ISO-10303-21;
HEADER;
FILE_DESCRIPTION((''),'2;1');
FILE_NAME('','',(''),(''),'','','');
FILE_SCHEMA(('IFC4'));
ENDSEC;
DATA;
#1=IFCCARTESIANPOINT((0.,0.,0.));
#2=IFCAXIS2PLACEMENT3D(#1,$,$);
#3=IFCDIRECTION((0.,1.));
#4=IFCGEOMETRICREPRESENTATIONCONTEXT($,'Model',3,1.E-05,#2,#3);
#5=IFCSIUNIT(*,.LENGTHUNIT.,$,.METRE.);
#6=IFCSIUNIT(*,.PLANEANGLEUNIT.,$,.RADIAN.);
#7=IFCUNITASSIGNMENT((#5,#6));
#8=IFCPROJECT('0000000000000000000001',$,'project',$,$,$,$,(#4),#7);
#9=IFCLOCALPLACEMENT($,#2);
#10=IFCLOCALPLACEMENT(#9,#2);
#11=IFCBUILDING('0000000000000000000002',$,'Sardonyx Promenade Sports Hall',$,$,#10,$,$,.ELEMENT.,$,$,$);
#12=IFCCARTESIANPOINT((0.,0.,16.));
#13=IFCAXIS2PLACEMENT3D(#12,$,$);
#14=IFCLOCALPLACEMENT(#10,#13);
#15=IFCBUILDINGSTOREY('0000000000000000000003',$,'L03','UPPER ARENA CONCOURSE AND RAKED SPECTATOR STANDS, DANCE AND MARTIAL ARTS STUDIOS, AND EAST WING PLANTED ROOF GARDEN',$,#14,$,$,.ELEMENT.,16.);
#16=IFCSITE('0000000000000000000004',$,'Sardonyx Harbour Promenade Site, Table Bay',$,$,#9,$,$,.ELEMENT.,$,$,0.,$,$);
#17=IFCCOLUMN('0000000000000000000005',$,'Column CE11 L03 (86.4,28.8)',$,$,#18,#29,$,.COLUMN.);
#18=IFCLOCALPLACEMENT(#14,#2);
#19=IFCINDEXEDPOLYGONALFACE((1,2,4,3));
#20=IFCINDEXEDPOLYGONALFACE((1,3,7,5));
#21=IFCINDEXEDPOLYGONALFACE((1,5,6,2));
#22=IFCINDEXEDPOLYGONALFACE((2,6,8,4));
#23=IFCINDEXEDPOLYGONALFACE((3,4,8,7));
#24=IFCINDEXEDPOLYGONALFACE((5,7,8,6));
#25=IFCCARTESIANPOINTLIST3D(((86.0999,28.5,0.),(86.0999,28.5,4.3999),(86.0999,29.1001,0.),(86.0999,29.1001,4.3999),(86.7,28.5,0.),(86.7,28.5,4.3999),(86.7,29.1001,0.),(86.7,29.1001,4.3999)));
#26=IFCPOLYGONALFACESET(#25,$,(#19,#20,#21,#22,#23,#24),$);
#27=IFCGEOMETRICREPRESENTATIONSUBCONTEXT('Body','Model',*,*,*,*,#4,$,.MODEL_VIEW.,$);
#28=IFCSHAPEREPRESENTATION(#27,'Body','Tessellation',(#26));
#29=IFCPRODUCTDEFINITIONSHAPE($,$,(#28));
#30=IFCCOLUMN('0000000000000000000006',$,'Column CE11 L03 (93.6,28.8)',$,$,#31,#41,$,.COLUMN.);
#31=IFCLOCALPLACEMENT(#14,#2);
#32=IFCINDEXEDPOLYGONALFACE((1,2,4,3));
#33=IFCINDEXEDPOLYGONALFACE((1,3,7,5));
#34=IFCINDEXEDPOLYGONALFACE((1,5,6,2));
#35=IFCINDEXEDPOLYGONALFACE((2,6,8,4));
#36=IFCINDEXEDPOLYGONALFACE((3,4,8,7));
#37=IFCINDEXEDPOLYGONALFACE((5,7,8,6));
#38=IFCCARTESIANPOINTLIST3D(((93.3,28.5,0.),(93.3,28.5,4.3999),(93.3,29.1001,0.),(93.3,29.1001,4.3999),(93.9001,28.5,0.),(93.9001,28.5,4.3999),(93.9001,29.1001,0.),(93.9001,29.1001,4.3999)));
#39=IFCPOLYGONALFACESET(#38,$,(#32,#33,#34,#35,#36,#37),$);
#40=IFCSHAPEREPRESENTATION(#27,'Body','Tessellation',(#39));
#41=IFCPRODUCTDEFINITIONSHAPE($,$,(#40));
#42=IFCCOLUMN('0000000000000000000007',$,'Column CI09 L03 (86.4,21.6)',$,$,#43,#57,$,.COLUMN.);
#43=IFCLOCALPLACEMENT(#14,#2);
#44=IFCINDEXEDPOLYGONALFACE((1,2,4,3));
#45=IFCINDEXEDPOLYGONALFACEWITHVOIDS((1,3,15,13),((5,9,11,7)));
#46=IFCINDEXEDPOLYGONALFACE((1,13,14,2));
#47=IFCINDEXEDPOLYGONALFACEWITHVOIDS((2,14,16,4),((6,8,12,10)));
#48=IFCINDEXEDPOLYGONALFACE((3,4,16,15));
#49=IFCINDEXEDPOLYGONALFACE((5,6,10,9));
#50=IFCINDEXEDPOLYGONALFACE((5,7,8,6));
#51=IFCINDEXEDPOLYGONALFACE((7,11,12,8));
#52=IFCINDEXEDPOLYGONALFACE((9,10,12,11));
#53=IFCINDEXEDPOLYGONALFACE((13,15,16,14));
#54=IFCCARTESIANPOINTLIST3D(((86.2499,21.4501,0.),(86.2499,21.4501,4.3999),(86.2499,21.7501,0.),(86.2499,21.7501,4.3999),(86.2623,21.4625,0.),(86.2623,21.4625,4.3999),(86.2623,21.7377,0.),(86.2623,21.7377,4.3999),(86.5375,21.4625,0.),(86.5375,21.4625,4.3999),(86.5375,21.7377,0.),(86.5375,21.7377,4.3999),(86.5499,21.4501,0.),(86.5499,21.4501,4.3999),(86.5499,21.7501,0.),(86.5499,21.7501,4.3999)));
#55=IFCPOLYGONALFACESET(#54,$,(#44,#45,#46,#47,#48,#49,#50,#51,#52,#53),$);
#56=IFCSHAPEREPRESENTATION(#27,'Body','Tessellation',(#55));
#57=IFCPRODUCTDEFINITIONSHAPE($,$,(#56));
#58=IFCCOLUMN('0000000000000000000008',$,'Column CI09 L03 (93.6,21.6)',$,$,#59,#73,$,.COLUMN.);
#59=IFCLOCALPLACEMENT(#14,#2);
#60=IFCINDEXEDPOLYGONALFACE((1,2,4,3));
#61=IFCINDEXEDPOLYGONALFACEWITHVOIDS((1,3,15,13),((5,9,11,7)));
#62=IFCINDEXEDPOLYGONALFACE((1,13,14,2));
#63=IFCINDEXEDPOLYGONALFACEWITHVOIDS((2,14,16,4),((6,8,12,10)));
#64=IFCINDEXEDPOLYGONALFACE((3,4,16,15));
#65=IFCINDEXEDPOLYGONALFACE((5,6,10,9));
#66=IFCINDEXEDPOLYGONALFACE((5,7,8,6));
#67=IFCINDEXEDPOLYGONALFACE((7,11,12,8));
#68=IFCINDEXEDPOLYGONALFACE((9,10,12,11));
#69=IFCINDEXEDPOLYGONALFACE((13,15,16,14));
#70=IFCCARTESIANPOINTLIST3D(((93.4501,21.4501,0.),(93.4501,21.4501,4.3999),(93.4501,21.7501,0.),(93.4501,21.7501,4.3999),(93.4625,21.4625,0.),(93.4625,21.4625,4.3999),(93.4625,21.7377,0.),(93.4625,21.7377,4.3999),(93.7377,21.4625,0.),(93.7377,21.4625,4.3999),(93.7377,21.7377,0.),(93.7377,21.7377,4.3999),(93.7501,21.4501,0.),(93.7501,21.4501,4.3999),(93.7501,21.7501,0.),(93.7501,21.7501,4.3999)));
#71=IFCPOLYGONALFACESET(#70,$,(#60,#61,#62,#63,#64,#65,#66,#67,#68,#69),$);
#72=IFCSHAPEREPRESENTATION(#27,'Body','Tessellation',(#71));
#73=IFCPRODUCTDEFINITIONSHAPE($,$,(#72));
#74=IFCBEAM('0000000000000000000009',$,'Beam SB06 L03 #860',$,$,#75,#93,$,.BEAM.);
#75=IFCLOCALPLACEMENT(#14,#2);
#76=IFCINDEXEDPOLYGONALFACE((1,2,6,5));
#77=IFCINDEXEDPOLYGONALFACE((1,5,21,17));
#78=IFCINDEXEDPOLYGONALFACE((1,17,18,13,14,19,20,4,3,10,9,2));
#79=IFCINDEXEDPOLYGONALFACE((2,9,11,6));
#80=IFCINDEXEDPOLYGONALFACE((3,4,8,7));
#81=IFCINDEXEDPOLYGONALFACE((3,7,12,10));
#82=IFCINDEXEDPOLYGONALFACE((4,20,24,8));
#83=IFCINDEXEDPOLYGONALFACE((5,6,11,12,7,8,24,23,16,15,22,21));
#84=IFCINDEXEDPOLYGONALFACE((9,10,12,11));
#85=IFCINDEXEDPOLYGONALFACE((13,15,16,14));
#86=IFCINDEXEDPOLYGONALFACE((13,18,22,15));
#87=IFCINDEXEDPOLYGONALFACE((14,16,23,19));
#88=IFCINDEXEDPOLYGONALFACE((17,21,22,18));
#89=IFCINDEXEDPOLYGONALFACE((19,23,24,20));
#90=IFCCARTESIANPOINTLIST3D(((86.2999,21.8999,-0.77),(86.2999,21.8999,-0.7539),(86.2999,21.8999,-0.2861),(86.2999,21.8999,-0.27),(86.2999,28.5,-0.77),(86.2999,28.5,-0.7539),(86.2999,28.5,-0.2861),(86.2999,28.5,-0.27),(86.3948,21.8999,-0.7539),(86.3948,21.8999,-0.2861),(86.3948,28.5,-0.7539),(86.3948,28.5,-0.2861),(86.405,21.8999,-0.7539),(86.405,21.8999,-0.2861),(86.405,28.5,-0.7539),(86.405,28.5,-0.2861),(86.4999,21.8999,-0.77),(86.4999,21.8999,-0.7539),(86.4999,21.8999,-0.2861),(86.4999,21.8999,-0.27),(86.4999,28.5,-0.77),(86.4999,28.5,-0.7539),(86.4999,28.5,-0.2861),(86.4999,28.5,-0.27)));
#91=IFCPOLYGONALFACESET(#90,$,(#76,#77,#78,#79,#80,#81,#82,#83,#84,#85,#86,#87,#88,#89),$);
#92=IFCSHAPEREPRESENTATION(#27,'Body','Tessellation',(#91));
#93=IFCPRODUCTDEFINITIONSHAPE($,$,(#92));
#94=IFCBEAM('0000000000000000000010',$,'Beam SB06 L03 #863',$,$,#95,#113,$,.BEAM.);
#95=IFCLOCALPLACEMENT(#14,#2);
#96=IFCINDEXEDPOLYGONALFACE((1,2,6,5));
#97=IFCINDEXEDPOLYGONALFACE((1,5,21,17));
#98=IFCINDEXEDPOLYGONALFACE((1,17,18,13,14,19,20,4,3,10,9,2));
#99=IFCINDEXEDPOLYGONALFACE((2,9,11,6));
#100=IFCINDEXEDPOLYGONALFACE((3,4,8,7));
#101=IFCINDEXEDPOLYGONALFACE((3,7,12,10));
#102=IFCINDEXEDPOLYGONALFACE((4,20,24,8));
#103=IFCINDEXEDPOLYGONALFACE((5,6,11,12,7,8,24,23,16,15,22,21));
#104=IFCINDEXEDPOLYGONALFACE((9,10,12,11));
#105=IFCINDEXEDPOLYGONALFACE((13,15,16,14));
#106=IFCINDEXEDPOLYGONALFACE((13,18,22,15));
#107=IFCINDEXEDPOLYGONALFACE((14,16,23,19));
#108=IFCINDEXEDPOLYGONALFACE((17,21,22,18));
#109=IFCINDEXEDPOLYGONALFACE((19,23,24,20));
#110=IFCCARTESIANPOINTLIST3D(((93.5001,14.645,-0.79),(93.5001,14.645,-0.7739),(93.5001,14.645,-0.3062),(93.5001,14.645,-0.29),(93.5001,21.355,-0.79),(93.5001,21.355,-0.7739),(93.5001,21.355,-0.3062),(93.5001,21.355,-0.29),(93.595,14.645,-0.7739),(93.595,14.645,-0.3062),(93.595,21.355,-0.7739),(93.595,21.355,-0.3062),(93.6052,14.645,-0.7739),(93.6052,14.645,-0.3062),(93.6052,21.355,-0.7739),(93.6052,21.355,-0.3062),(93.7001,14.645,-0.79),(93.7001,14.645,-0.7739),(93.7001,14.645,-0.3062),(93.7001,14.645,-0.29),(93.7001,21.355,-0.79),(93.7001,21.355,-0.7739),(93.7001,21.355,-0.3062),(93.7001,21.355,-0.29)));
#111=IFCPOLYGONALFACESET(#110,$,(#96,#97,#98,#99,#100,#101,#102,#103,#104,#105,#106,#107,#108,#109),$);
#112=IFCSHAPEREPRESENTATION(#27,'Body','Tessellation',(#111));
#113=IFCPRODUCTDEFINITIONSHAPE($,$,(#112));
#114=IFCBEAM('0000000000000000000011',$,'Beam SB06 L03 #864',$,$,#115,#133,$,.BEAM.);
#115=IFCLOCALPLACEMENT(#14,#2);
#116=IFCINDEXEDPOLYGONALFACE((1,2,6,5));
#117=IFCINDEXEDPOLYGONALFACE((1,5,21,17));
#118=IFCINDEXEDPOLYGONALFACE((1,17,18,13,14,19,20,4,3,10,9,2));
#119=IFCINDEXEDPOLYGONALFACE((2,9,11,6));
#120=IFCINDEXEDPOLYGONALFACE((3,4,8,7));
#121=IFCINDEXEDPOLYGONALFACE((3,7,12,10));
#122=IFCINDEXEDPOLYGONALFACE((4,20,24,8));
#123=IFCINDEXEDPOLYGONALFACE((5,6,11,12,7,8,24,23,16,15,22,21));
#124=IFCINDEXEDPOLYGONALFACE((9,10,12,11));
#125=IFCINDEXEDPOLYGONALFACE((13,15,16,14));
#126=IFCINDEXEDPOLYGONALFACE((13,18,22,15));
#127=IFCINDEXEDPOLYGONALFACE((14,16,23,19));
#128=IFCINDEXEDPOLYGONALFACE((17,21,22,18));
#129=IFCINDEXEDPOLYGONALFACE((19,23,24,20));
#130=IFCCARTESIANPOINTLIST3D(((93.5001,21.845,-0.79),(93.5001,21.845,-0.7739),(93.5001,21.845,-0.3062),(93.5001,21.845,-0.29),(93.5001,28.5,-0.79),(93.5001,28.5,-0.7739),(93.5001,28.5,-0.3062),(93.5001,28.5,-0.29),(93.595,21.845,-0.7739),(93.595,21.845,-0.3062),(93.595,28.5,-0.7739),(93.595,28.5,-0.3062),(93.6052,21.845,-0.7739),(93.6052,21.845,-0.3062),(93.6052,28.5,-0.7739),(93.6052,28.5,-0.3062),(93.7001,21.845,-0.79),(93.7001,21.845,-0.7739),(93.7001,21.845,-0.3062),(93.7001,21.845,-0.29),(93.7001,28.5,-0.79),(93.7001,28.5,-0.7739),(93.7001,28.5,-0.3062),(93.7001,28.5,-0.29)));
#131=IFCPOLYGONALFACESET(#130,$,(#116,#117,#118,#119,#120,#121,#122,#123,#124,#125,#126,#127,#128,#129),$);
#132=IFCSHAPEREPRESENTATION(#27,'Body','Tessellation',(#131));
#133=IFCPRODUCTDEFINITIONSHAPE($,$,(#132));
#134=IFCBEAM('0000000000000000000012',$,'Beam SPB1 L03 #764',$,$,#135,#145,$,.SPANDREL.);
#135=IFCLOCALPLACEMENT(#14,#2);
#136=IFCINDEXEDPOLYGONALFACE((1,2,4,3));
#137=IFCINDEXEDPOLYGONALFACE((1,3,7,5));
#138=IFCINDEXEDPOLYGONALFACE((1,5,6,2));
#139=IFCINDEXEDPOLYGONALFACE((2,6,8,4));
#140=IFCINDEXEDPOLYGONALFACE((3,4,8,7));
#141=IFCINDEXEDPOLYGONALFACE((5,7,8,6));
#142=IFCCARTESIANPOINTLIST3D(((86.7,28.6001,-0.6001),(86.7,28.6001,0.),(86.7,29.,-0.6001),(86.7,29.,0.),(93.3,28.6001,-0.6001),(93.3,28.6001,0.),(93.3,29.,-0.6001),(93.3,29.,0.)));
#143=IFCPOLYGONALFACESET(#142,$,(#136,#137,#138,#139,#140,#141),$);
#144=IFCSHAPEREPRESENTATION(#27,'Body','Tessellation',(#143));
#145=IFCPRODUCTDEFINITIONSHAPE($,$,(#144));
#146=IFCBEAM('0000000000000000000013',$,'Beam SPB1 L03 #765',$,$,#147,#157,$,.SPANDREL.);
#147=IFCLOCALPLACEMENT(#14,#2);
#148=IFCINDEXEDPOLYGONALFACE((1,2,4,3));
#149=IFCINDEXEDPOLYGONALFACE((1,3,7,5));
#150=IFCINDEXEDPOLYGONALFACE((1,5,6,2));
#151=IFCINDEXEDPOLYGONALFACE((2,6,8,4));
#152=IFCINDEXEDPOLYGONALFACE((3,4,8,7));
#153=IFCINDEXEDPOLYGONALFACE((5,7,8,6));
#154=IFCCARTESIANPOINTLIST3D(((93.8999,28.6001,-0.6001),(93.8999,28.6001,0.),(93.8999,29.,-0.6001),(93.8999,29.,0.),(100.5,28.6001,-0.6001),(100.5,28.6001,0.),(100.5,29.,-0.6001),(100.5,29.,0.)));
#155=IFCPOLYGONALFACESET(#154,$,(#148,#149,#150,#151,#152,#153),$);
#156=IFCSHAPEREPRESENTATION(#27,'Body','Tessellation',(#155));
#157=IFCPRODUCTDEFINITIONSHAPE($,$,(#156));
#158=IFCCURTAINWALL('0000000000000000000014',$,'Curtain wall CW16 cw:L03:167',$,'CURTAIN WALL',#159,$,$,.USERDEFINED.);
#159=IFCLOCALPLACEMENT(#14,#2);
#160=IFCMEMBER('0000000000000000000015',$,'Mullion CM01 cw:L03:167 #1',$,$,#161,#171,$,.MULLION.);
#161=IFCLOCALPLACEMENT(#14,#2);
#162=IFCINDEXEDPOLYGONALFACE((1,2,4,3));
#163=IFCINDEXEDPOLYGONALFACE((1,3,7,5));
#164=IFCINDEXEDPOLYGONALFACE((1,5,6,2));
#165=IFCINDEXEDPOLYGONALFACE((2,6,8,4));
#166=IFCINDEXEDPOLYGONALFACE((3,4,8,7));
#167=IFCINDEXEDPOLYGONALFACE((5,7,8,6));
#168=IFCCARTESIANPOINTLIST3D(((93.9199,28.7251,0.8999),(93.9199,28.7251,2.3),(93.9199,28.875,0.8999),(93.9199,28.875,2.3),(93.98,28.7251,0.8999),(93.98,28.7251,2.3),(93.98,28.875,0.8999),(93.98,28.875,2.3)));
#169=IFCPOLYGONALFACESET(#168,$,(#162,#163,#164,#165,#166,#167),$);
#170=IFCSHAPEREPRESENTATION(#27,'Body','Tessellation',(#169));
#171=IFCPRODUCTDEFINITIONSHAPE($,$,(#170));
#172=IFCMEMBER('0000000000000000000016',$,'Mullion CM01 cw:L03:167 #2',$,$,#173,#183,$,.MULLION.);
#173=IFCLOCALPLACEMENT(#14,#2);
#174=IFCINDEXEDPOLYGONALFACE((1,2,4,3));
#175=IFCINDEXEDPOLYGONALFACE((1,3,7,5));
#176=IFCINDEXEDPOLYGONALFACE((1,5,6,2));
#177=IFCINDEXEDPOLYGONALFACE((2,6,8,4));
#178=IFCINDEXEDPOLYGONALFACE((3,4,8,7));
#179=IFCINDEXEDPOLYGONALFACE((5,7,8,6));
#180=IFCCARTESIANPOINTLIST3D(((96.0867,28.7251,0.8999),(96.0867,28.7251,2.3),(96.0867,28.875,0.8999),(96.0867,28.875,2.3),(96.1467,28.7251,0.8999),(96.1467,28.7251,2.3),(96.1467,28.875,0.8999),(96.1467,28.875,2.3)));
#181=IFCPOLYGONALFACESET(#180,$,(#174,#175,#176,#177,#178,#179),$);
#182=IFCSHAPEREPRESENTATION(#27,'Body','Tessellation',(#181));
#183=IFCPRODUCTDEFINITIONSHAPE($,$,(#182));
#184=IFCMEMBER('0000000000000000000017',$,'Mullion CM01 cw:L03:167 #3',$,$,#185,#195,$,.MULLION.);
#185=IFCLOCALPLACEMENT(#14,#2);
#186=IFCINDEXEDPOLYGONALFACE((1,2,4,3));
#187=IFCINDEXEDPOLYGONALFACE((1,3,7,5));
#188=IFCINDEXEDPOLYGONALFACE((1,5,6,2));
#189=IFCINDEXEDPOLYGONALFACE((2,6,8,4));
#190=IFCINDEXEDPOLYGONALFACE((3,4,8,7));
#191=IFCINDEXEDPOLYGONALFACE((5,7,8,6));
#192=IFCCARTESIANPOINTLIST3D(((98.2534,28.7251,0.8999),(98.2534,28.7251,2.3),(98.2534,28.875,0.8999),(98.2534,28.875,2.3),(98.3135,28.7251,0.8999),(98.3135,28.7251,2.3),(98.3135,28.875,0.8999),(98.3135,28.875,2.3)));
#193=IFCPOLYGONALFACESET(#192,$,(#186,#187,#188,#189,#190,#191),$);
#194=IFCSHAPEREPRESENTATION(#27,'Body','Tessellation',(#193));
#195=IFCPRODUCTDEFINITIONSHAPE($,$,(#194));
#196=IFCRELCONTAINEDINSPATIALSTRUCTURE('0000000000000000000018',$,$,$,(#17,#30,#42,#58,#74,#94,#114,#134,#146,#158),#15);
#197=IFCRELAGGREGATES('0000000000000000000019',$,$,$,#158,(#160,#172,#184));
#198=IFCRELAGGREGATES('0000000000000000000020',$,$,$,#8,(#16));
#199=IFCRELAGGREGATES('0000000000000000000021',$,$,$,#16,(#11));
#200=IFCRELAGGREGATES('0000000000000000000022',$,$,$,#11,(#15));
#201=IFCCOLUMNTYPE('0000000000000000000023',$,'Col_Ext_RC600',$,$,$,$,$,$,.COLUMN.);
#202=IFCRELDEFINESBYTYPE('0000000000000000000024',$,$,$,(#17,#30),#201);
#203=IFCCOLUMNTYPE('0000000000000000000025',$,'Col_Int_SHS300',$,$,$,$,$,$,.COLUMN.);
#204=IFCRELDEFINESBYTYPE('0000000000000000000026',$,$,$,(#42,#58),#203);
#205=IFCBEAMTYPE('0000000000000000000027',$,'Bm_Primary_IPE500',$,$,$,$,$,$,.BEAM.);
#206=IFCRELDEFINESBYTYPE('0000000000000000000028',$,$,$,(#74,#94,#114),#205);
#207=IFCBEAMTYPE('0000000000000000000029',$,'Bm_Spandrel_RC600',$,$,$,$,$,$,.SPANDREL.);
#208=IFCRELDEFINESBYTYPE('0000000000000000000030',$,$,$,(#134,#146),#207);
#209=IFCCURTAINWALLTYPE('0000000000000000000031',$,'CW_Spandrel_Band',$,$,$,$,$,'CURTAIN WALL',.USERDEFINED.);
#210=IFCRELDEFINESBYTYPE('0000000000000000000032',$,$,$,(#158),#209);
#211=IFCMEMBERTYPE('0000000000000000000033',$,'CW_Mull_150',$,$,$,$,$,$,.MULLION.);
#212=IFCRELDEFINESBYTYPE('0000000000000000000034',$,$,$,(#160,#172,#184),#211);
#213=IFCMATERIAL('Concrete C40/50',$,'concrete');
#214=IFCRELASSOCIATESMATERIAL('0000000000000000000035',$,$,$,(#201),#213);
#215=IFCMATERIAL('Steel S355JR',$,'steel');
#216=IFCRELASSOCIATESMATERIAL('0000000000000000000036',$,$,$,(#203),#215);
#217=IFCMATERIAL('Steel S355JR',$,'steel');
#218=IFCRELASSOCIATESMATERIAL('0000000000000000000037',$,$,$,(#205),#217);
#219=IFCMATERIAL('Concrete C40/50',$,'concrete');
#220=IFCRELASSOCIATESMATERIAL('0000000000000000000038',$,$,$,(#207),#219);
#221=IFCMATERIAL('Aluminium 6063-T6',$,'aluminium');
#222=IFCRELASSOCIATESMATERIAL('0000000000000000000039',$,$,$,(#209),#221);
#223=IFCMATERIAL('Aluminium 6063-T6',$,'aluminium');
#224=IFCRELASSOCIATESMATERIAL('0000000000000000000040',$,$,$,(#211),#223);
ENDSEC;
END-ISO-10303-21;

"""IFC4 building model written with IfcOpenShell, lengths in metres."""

from ifc_helpers import new_model, si_unit, direction, frame, origin, origin_2d, place, context, subcontext, project, spatial, rectangle, hollow_rectangle, i_section, extrude, material, material_profile, profile_set, type_object, element, aggregate, save


model = new_model("IFC4")

# Units and contexts
model_context = context("Model", 3, precision=1e-05, world=origin(), true_north=direction((0.0, 1.0)))
body_context = subcontext(model_context, "Body", "Model", "MODEL_VIEW")
ifc_project = project(units=[si_unit("LENGTHUNIT", "METRE"), si_unit("PLANEANGLEUNIT", "RADIAN")], contexts=[model_context])

# Site, building, storey
site_placement = place(None, origin())
site = spatial("IfcSite", under=ifc_project, at=site_placement, Name="Sardonyx Harbour Promenade Site, Table Bay", CompositionType="ELEMENT", RefElevation=0.0)
building_placement = place(site_placement, origin())
building = spatial("IfcBuilding", under=site, at=building_placement, Name="Sardonyx Promenade Sports Hall", CompositionType="ELEMENT")
storey_placement = place(building_placement, frame((0.0, 0.0, 16.0)))
storey = spatial("IfcBuildingStorey", under=building, at=storey_placement, Name="L03", Description="UPPER ARENA CONCOURSE AND RAKED SPECTATOR STANDS, DANCE AND MARTIAL ARTS STUDIOS, AND EAST WING PLANTED ROOF GARDEN", CompositionType="ELEMENT", Elevation=16.0)

# Columns
ifc_material_1 = material(Name="Concrete C40/50", Category="concrete")
ifc_material_profile_1 = material_profile(ifc_material_1, rectangle(XDim=0.6001, YDim=0.6001, at=origin_2d()))
ifc_profile_set_1 = profile_set([ifc_material_profile_1], Name="Concrete C40/50")
column_type_1 = type_object("IfcColumnType", Name="Col_Ext_RC600", PredefinedType="COLUMN", material=ifc_profile_set_1)
for number, where, z_axis, x_axis, name in (
    (1, (86.3999, 28.8, 0.0), (0.0, 0.0, 1.0), (1.0, 0.0, 0.0), "Column CE11 L03 (86.4,28.8)"),
    (2, (93.6001, 28.8, 0.0), (0.0, 0.0, 1.0), (1.0, 0.0, 0.0), "Column CE11 L03 (93.6,28.8)"),
):
    element("IfcColumn", number, at=place(storey_placement, frame(where, z_axis=z_axis, x_axis=x_axis)), inside=storey, type_object=column_type_1, Name=name, PredefinedType="COLUMN", context=body_context, shape_type="SweptSolid", body=[
        extrude(rectangle(XDim=0.6001, YDim=0.6001, at=origin_2d()), origin(), (0.0, 0.0, 1.0), 4.3999),
    ])
ifc_material_2 = material(Name="Steel S355JR", Category="steel")
ifc_material_profile_2 = material_profile(ifc_material_2, hollow_rectangle(XDim=0.3, YDim=0.3, WallThickness=0.0125, at=origin_2d()))
ifc_profile_set_2 = profile_set([ifc_material_profile_2], Name="Steel S355JR")
column_type_2 = type_object("IfcColumnType", Name="Col_Int_SHS300", PredefinedType="COLUMN", material=ifc_profile_set_2)
for number, where, z_axis, x_axis, name in (
    (3, (86.3999, 21.6001, 0.0), (0.0, 0.0, 1.0), (1.0, 0.0, 0.0), "Column CI09 L03 (86.4,21.6)"),
    (4, (93.6001, 21.6001, 0.0), (0.0, 0.0, 1.0), (1.0, 0.0, 0.0), "Column CI09 L03 (93.6,21.6)"),
):
    element("IfcColumn", number, at=place(storey_placement, frame(where, z_axis=z_axis, x_axis=x_axis)), inside=storey, type_object=column_type_2, Name=name, PredefinedType="COLUMN", context=body_context, shape_type="SweptSolid", body=[
        extrude(hollow_rectangle(XDim=0.3, YDim=0.3, WallThickness=0.0125, at=origin_2d()), origin(), (0.0, 0.0, 1.0), 4.3999),
    ])

# Beams
ifc_material_3 = material(Name="Steel S355JR", Category="steel")
ifc_material_profile_3 = material_profile(ifc_material_3, i_section(OverallWidth=0.2, OverallDepth=0.5, WebThickness=0.0103, FlangeThickness=0.0161, at=origin_2d()))
ifc_profile_set_3 = profile_set([ifc_material_profile_3], Name="Steel S355JR")
beam_type_1 = type_object("IfcBeamType", Name="Bm_Primary_IPE500", PredefinedType="BEAM", material=ifc_profile_set_3)
beam_1_placement = place(storey_placement, frame((86.3999, 21.8999, -0.52), z_axis=(0.0, 1.0, 0.0), x_axis=(-1.0, 0.0, 0.0)))
element("IfcBeam", 5, at=beam_1_placement, inside=storey, type_object=beam_type_1, Name="Beam SB06 L03 #860", PredefinedType="BEAM", context=body_context, shape_type="SweptSolid", body=[
    extrude(i_section(OverallWidth=0.2, OverallDepth=0.5, WebThickness=0.0103, FlangeThickness=0.0161, at=origin_2d()), origin(), (0.0, 0.0, 1.0), 6.6001),
])
beam_2_placement = place(storey_placement, frame((93.6001, 14.645, -0.54), z_axis=(0.0, 1.0, 0.0), x_axis=(-1.0, 0.0, 0.0)))
element("IfcBeam", 6, at=beam_2_placement, inside=storey, type_object=beam_type_1, Name="Beam SB06 L03 #863", PredefinedType="BEAM", context=body_context, shape_type="SweptSolid", body=[
    extrude(i_section(OverallWidth=0.2, OverallDepth=0.5, WebThickness=0.0103, FlangeThickness=0.0161, at=origin_2d()), origin(), (0.0, 0.0, 1.0), 6.71),
])
beam_3_placement = place(storey_placement, frame((93.6001, 21.845, -0.54), z_axis=(0.0, 1.0, 0.0), x_axis=(-1.0, 0.0, 0.0)))
element("IfcBeam", 7, at=beam_3_placement, inside=storey, type_object=beam_type_1, Name="Beam SB06 L03 #864", PredefinedType="BEAM", context=body_context, shape_type="SweptSolid", body=[
    extrude(i_section(OverallWidth=0.2, OverallDepth=0.5, WebThickness=0.0103, FlangeThickness=0.0161, at=origin_2d()), origin(), (0.0, 0.0, 1.0), 6.655),
])
ifc_material_4 = material(Name="Concrete C40/50", Category="concrete")
ifc_material_profile_4 = material_profile(ifc_material_4, rectangle(XDim=0.3999, YDim=0.6001, at=origin_2d()))
ifc_profile_set_4 = profile_set([ifc_material_profile_4], Name="Concrete C40/50")
beam_type_2 = type_object("IfcBeamType", Name="Bm_Spandrel_RC600", PredefinedType="SPANDREL", material=ifc_profile_set_4)
for number, where, z_axis, x_axis, name in (
    (8, (86.7, 28.8, -0.3), (1.0, 0.0, 0.0), (0.0, 1.0, 0.0), "Beam SPB1 L03 #764"),
    (9, (93.8999, 28.8, -0.3), (1.0, 0.0, 0.0), (0.0, 1.0, 0.0), "Beam SPB1 L03 #765"),
):
    element("IfcBeam", number, at=place(storey_placement, frame(where, z_axis=z_axis, x_axis=x_axis)), inside=storey, type_object=beam_type_2, Name=name, PredefinedType="SPANDREL", context=body_context, shape_type="SweptSolid", body=[
        extrude(rectangle(XDim=0.3999, YDim=0.6001, at=origin_2d()), origin(), (0.0, 0.0, 1.0), 6.6001),
    ])

# Curtain wall, members
ifc_material_5 = material(Name="Aluminium 6063-T6", Category="aluminium")
curtain_wall_type = type_object("IfcCurtainWallType", Name="CW_Spandrel_Band", ElementType="CURTAIN WALL", PredefinedType="USERDEFINED", material=ifc_material_5)
curtain_wall_placement = place(storey_placement, origin())
curtain_wall = element("IfcCurtainWall", 10, at=curtain_wall_placement, inside=storey, type_object=curtain_wall_type, Name="Curtain wall CW16 cw:L03:167", ObjectType="CURTAIN WALL", PredefinedType="USERDEFINED")
ifc_material_6 = material(Name="Aluminium 6063-T6", Category="aluminium")
ifc_material_profile_5 = material_profile(ifc_material_6, rectangle(XDim=0.0601, YDim=0.1499, at=origin_2d()))
ifc_profile_set_5 = profile_set([ifc_material_profile_5], Name="Aluminium 6063-T6")
member_type_1 = type_object("IfcMemberType", Name="CW_Mull_150", PredefinedType="MULLION", material=ifc_profile_set_5)
member_1_placement = place(storey_placement, frame((93.95, 28.8, 0.8999), z_axis=(0.0, 0.0, 1.0), x_axis=(1.0, 0.0, 0.0)))
member_1 = element("IfcMember", 11, at=member_1_placement, type_object=member_type_1, Name="Mullion CM01 cw:L03:167 #1", PredefinedType="MULLION", context=body_context, shape_type="SweptSolid", body=[
    extrude(rectangle(XDim=0.0601, YDim=0.1499, at=origin_2d()), origin(), (0.0, 0.0, 1.0), 1.4001),
])
member_2_placement = place(storey_placement, frame((96.1167, 28.8, 0.8999), z_axis=(0.0, 0.0, 1.0), x_axis=(1.0, 0.0, 0.0)))
member_2 = element("IfcMember", 12, at=member_2_placement, type_object=member_type_1, Name="Mullion CM01 cw:L03:167 #2", PredefinedType="MULLION", context=body_context, shape_type="SweptSolid", body=[
    extrude(rectangle(XDim=0.0601, YDim=0.1499, at=origin_2d()), origin(), (0.0, 0.0, 1.0), 1.4001),
])
member_3_placement = place(storey_placement, frame((98.2834, 28.8, 0.8999), z_axis=(0.0, 0.0, 1.0), x_axis=(1.0, 0.0, 0.0)))
member_3 = element("IfcMember", 13, at=member_3_placement, type_object=member_type_1, Name="Mullion CM01 cw:L03:167 #3", PredefinedType="MULLION", context=body_context, shape_type="SweptSolid", body=[
    extrude(rectangle(XDim=0.0601, YDim=0.1499, at=origin_2d()), origin(), (0.0, 0.0, 1.0), 1.4001),
])
aggregate(curtain_wall, [member_1, member_2, member_3])

save(model, "model.ifc")
